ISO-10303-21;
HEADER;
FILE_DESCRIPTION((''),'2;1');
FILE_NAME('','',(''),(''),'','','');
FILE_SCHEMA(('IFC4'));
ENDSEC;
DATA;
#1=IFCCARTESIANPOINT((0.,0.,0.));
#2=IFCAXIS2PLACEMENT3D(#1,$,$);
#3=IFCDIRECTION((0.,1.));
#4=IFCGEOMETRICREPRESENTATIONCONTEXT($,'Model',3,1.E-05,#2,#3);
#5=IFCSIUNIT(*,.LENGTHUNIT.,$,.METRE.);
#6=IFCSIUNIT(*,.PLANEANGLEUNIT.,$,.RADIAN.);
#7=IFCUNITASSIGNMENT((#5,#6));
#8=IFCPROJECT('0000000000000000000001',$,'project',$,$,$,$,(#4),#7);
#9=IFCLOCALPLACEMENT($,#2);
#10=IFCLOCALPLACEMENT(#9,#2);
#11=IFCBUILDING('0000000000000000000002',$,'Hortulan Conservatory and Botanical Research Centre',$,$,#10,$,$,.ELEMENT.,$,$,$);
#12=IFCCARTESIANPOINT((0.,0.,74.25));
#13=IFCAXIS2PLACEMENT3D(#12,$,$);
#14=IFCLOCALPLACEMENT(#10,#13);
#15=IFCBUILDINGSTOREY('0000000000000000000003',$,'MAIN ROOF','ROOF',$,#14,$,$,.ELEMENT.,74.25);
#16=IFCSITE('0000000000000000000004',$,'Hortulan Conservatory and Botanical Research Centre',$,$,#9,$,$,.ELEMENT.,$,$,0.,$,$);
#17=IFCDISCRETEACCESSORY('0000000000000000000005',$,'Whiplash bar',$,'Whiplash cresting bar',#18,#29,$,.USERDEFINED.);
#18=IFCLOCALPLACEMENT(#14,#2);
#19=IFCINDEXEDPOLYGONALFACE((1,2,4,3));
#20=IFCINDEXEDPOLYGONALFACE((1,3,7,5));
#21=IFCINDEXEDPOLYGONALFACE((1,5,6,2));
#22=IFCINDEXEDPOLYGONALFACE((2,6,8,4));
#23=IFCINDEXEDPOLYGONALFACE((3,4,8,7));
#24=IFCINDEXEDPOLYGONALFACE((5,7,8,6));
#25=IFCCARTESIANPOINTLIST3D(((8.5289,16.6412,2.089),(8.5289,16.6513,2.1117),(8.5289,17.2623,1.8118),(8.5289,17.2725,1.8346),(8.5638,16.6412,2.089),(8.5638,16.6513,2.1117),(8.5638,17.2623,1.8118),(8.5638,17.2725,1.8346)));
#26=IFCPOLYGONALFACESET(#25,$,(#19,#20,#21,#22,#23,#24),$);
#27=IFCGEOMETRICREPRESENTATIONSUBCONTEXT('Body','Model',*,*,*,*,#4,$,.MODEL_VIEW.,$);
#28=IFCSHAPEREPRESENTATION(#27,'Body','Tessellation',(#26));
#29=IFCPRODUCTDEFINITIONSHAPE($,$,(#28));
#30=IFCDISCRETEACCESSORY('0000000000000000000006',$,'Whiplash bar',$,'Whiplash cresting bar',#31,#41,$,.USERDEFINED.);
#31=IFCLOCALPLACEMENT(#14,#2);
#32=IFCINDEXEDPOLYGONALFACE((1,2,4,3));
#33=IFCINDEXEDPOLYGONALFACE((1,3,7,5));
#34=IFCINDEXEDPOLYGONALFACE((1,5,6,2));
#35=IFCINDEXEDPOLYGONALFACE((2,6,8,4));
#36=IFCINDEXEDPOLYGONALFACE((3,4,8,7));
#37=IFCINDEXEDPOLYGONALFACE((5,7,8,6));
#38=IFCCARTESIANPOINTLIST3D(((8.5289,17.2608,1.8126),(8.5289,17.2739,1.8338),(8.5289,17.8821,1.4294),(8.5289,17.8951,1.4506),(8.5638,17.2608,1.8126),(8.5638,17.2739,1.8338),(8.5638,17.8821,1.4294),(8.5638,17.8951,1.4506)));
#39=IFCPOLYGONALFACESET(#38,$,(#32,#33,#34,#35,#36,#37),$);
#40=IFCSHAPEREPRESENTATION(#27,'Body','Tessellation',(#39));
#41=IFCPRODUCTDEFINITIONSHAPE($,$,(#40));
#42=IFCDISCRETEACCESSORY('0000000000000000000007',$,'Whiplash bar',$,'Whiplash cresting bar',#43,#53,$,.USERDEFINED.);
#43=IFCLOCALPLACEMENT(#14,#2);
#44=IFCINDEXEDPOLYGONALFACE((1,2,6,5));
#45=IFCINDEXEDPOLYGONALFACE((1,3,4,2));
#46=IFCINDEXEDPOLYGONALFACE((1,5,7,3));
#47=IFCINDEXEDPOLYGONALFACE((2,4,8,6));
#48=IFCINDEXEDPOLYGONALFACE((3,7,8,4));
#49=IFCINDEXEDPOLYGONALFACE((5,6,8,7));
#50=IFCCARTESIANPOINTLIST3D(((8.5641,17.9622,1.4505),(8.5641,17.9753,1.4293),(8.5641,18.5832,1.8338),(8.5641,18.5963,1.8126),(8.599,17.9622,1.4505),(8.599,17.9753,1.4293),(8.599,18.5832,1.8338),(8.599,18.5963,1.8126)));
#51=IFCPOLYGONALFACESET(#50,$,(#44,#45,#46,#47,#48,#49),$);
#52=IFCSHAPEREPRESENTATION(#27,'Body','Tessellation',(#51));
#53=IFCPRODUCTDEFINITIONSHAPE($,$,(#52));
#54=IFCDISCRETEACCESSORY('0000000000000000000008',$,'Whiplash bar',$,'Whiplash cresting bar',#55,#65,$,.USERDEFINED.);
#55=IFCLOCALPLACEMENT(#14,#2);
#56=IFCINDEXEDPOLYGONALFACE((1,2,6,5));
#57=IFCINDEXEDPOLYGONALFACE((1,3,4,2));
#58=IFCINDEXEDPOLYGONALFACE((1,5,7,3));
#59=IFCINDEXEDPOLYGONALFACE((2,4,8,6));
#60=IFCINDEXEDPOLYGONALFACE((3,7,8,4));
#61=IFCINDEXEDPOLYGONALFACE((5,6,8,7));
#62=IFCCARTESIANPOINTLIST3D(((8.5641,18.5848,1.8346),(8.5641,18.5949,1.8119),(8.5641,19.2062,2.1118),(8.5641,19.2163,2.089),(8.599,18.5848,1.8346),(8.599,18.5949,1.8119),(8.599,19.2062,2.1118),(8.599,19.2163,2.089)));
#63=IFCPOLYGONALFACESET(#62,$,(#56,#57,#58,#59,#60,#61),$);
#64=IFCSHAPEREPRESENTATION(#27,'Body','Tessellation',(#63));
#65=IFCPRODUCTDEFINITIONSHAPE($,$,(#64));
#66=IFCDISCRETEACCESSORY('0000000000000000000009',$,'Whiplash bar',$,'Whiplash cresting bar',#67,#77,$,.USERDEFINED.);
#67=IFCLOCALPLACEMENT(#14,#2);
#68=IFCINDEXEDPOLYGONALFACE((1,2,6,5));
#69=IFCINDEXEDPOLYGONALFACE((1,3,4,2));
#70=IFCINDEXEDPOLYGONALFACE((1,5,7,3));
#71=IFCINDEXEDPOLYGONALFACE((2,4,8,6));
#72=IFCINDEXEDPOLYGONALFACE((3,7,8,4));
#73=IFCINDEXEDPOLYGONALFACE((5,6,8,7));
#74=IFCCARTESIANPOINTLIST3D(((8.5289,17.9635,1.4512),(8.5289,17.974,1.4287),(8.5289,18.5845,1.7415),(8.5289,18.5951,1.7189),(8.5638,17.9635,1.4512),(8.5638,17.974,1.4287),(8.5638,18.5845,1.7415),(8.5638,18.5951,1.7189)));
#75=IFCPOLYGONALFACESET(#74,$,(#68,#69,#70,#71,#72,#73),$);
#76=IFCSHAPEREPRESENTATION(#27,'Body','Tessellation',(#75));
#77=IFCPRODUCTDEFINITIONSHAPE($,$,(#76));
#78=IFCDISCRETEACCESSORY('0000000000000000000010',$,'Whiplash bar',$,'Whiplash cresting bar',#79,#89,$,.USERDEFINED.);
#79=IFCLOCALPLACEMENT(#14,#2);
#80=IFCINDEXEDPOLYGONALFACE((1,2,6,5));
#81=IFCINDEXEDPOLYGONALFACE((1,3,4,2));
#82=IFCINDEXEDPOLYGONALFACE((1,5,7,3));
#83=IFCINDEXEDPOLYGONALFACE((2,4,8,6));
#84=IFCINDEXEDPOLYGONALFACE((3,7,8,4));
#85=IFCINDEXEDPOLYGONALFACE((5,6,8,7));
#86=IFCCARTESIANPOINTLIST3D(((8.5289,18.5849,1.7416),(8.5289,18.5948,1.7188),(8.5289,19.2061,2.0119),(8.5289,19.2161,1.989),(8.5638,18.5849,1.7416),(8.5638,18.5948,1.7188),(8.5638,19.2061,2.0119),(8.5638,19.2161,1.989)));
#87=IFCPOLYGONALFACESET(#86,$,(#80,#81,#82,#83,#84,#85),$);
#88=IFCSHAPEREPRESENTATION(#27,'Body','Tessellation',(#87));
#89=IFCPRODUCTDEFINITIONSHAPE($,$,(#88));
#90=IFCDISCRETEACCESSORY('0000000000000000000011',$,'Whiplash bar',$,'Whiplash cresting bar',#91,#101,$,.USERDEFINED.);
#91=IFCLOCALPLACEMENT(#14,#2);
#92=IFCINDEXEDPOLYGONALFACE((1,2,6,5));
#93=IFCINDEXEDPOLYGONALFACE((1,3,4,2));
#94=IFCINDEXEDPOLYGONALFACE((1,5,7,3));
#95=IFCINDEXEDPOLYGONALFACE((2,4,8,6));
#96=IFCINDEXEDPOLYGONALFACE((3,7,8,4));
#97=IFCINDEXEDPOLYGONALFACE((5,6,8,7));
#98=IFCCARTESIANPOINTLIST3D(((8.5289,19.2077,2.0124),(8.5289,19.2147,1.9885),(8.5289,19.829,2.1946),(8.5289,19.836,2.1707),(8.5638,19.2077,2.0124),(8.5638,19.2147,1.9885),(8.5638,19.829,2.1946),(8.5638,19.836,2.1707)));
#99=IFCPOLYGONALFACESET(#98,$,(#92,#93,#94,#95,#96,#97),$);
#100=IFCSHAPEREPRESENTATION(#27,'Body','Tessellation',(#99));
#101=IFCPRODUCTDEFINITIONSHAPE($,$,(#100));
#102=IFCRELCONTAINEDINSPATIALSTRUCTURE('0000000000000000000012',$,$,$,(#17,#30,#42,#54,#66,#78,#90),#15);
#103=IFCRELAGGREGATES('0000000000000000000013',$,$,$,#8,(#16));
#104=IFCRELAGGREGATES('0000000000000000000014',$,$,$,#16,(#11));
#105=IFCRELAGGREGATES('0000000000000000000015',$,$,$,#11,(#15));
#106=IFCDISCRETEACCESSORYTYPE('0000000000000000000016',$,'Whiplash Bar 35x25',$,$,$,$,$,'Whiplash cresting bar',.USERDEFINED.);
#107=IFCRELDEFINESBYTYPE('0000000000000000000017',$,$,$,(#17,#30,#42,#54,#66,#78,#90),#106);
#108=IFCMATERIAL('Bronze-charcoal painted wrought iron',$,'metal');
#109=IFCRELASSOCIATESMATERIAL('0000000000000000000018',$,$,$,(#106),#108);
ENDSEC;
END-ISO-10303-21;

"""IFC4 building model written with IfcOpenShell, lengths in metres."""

from ifc_helpers import new_model, si_unit, direction, frame, origin, origin_2d, place, context, subcontext, project, spatial, rectangle, extrude, material, material_profile, profile_set, type_object, element, save


model = new_model("IFC4")

# Units and contexts
model_context = context("Model", 3, precision=1e-05, world=origin(), true_north=direction((0.0, 1.0)))
body_context = subcontext(model_context, "Body", "Model", "MODEL_VIEW")
ifc_project = project(units=[si_unit("LENGTHUNIT", "METRE"), si_unit("PLANEANGLEUNIT", "RADIAN")], contexts=[model_context])

# Site, building, storey
site_placement = place(None, origin())
site = spatial("IfcSite", under=ifc_project, at=site_placement, Name="Hortulan Conservatory and Botanical Research Centre", CompositionType="ELEMENT", RefElevation=0.0)
building_placement = place(site_placement, origin())
building = spatial("IfcBuilding", under=site, at=building_placement, Name="Hortulan Conservatory and Botanical Research Centre", CompositionType="ELEMENT")
storey_placement = place(building_placement, frame((0.0, 0.0, 74.25)))
storey = spatial("IfcBuildingStorey", under=building, at=storey_placement, Name="MAIN ROOF", Description="ROOF", CompositionType="ELEMENT", Elevation=74.25)

# Discrete accessories
ifc_material = material(Name="Bronze-charcoal painted wrought iron", Category="metal")
ifc_material_profile_1 = material_profile(ifc_material, rectangle(XDim=0.0349, YDim=0.0249, at=origin_2d()), Name="Flat bar 35x25")
ifc_profile_set_1 = profile_set([ifc_material_profile_1], Name="Bronze-charcoal painted wrought iron")
discrete_accessory_type_1 = type_object("IfcDiscreteAccessoryType", Name="Whiplash Bar 35x25", ElementType="Whiplash cresting bar", PredefinedType="USERDEFINED", material=ifc_profile_set_1)
discrete_accessory_1_placement = place(storey_placement, frame((8.5464, 16.6462, 2.1003), z_axis=(0.0, 0.913233, -0.407437), x_axis=(-1.0, 0.0, 0.0)))
element("IfcDiscreteAccessory", 1, at=discrete_accessory_1_placement, inside=storey, type_object=discrete_accessory_type_1, Name="Whiplash bar", ObjectType="Whiplash cresting bar", PredefinedType="USERDEFINED", context=body_context, shape_type="SweptSolid", body=[
    extrude(rectangle(XDim=0.0349, YDim=0.0249, at=origin_2d()), origin(), (0.0, 0.0, 1.0), 0.6802),
])
discrete_accessory_2_placement = place(storey_placement, frame((8.5464, 17.2673, 1.8232), z_axis=(0.0, 0.851084, -0.52503), x_axis=(-1.0, 0.0, 0.0)))
element("IfcDiscreteAccessory", 2, at=discrete_accessory_2_placement, inside=storey, type_object=discrete_accessory_type_1, Name="Whiplash bar", ObjectType="Whiplash cresting bar", PredefinedType="USERDEFINED", context=body_context, shape_type="SweptSolid", body=[
    extrude(rectangle(XDim=0.0349, YDim=0.0249, at=origin_2d()), origin(), (0.0, 0.0, 1.0), 0.73),
])
discrete_accessory_3_placement = place(storey_placement, frame((8.5815, 17.9688, 1.4399), z_axis=(0.0, 0.850991, 0.525179), x_axis=(-1.0, 0.0, 0.0)))
element("IfcDiscreteAccessory", 3, at=discrete_accessory_3_placement, inside=storey, type_object=discrete_accessory_type_1, Name="Whiplash bar", ObjectType="Whiplash cresting bar", PredefinedType="USERDEFINED", context=body_context, shape_type="SweptSolid", body=[
    extrude(rectangle(XDim=0.0349, YDim=0.0249, at=origin_2d()), origin(), (0.0, 0.0, 1.0), 0.7297),
])
discrete_accessory_4_placement = place(storey_placement, frame((8.5815, 18.5898, 1.8232), z_axis=(0.0, 0.913293, 0.407303), x_axis=(-1.0, 0.0, 0.0)))
element("IfcDiscreteAccessory", 4, at=discrete_accessory_4_placement, inside=storey, type_object=discrete_accessory_type_1, Name="Whiplash bar", ObjectType="Whiplash cresting bar", PredefinedType="USERDEFINED", context=body_context, shape_type="SweptSolid", body=[
    extrude(rectangle(XDim=0.0349, YDim=0.0249, at=origin_2d()), origin(), (0.0, 0.0, 1.0), 0.6804),
])
discrete_accessory_5_placement = place(storey_placement, frame((8.5464, 17.9688, 1.4399), z_axis=(0.0, 0.905937, 0.423412), x_axis=(-1.0, 0.0, 0.0)))
element("IfcDiscreteAccessory", 5, at=discrete_accessory_5_placement, inside=storey, type_object=discrete_accessory_type_1, Name="Whiplash bar", ObjectType="Whiplash cresting bar", PredefinedType="USERDEFINED", context=body_context, shape_type="SweptSolid", body=[
    extrude(rectangle(XDim=0.0349, YDim=0.0249, at=origin_2d()), origin(), (0.0, 0.0, 1.0), 0.6855),
])
discrete_accessory_6_placement = place(storey_placement, frame((8.5464, 18.5898, 1.7302), z_axis=(0.0, 0.917007, 0.398871), x_axis=(-1.0, 0.0, 0.0)))
element("IfcDiscreteAccessory", 6, at=discrete_accessory_6_placement, inside=storey, type_object=discrete_accessory_type_1, Name="Whiplash bar", ObjectType="Whiplash cresting bar", PredefinedType="USERDEFINED", context=body_context, shape_type="SweptSolid", body=[
    extrude(rectangle(XDim=0.0349, YDim=0.0249, at=origin_2d()), origin(), (0.0, 0.0, 1.0), 0.6775),
])
discrete_accessory_7_placement = place(storey_placement, frame((8.5464, 19.2112, 2.0005), z_axis=(0.0, 0.959623, 0.281288), x_axis=(-1.0, 0.0, 0.0)))
element("IfcDiscreteAccessory", 7, at=discrete_accessory_7_placement, inside=storey, type_object=discrete_accessory_type_1, Name="Whiplash bar", ObjectType="Whiplash cresting bar", PredefinedType="USERDEFINED", context=body_context, shape_type="SweptSolid", body=[
    extrude(rectangle(XDim=0.0349, YDim=0.0249, at=origin_2d()), origin(), (0.0, 0.0, 1.0), 0.6475),
])

save(model, "model.ifc")
